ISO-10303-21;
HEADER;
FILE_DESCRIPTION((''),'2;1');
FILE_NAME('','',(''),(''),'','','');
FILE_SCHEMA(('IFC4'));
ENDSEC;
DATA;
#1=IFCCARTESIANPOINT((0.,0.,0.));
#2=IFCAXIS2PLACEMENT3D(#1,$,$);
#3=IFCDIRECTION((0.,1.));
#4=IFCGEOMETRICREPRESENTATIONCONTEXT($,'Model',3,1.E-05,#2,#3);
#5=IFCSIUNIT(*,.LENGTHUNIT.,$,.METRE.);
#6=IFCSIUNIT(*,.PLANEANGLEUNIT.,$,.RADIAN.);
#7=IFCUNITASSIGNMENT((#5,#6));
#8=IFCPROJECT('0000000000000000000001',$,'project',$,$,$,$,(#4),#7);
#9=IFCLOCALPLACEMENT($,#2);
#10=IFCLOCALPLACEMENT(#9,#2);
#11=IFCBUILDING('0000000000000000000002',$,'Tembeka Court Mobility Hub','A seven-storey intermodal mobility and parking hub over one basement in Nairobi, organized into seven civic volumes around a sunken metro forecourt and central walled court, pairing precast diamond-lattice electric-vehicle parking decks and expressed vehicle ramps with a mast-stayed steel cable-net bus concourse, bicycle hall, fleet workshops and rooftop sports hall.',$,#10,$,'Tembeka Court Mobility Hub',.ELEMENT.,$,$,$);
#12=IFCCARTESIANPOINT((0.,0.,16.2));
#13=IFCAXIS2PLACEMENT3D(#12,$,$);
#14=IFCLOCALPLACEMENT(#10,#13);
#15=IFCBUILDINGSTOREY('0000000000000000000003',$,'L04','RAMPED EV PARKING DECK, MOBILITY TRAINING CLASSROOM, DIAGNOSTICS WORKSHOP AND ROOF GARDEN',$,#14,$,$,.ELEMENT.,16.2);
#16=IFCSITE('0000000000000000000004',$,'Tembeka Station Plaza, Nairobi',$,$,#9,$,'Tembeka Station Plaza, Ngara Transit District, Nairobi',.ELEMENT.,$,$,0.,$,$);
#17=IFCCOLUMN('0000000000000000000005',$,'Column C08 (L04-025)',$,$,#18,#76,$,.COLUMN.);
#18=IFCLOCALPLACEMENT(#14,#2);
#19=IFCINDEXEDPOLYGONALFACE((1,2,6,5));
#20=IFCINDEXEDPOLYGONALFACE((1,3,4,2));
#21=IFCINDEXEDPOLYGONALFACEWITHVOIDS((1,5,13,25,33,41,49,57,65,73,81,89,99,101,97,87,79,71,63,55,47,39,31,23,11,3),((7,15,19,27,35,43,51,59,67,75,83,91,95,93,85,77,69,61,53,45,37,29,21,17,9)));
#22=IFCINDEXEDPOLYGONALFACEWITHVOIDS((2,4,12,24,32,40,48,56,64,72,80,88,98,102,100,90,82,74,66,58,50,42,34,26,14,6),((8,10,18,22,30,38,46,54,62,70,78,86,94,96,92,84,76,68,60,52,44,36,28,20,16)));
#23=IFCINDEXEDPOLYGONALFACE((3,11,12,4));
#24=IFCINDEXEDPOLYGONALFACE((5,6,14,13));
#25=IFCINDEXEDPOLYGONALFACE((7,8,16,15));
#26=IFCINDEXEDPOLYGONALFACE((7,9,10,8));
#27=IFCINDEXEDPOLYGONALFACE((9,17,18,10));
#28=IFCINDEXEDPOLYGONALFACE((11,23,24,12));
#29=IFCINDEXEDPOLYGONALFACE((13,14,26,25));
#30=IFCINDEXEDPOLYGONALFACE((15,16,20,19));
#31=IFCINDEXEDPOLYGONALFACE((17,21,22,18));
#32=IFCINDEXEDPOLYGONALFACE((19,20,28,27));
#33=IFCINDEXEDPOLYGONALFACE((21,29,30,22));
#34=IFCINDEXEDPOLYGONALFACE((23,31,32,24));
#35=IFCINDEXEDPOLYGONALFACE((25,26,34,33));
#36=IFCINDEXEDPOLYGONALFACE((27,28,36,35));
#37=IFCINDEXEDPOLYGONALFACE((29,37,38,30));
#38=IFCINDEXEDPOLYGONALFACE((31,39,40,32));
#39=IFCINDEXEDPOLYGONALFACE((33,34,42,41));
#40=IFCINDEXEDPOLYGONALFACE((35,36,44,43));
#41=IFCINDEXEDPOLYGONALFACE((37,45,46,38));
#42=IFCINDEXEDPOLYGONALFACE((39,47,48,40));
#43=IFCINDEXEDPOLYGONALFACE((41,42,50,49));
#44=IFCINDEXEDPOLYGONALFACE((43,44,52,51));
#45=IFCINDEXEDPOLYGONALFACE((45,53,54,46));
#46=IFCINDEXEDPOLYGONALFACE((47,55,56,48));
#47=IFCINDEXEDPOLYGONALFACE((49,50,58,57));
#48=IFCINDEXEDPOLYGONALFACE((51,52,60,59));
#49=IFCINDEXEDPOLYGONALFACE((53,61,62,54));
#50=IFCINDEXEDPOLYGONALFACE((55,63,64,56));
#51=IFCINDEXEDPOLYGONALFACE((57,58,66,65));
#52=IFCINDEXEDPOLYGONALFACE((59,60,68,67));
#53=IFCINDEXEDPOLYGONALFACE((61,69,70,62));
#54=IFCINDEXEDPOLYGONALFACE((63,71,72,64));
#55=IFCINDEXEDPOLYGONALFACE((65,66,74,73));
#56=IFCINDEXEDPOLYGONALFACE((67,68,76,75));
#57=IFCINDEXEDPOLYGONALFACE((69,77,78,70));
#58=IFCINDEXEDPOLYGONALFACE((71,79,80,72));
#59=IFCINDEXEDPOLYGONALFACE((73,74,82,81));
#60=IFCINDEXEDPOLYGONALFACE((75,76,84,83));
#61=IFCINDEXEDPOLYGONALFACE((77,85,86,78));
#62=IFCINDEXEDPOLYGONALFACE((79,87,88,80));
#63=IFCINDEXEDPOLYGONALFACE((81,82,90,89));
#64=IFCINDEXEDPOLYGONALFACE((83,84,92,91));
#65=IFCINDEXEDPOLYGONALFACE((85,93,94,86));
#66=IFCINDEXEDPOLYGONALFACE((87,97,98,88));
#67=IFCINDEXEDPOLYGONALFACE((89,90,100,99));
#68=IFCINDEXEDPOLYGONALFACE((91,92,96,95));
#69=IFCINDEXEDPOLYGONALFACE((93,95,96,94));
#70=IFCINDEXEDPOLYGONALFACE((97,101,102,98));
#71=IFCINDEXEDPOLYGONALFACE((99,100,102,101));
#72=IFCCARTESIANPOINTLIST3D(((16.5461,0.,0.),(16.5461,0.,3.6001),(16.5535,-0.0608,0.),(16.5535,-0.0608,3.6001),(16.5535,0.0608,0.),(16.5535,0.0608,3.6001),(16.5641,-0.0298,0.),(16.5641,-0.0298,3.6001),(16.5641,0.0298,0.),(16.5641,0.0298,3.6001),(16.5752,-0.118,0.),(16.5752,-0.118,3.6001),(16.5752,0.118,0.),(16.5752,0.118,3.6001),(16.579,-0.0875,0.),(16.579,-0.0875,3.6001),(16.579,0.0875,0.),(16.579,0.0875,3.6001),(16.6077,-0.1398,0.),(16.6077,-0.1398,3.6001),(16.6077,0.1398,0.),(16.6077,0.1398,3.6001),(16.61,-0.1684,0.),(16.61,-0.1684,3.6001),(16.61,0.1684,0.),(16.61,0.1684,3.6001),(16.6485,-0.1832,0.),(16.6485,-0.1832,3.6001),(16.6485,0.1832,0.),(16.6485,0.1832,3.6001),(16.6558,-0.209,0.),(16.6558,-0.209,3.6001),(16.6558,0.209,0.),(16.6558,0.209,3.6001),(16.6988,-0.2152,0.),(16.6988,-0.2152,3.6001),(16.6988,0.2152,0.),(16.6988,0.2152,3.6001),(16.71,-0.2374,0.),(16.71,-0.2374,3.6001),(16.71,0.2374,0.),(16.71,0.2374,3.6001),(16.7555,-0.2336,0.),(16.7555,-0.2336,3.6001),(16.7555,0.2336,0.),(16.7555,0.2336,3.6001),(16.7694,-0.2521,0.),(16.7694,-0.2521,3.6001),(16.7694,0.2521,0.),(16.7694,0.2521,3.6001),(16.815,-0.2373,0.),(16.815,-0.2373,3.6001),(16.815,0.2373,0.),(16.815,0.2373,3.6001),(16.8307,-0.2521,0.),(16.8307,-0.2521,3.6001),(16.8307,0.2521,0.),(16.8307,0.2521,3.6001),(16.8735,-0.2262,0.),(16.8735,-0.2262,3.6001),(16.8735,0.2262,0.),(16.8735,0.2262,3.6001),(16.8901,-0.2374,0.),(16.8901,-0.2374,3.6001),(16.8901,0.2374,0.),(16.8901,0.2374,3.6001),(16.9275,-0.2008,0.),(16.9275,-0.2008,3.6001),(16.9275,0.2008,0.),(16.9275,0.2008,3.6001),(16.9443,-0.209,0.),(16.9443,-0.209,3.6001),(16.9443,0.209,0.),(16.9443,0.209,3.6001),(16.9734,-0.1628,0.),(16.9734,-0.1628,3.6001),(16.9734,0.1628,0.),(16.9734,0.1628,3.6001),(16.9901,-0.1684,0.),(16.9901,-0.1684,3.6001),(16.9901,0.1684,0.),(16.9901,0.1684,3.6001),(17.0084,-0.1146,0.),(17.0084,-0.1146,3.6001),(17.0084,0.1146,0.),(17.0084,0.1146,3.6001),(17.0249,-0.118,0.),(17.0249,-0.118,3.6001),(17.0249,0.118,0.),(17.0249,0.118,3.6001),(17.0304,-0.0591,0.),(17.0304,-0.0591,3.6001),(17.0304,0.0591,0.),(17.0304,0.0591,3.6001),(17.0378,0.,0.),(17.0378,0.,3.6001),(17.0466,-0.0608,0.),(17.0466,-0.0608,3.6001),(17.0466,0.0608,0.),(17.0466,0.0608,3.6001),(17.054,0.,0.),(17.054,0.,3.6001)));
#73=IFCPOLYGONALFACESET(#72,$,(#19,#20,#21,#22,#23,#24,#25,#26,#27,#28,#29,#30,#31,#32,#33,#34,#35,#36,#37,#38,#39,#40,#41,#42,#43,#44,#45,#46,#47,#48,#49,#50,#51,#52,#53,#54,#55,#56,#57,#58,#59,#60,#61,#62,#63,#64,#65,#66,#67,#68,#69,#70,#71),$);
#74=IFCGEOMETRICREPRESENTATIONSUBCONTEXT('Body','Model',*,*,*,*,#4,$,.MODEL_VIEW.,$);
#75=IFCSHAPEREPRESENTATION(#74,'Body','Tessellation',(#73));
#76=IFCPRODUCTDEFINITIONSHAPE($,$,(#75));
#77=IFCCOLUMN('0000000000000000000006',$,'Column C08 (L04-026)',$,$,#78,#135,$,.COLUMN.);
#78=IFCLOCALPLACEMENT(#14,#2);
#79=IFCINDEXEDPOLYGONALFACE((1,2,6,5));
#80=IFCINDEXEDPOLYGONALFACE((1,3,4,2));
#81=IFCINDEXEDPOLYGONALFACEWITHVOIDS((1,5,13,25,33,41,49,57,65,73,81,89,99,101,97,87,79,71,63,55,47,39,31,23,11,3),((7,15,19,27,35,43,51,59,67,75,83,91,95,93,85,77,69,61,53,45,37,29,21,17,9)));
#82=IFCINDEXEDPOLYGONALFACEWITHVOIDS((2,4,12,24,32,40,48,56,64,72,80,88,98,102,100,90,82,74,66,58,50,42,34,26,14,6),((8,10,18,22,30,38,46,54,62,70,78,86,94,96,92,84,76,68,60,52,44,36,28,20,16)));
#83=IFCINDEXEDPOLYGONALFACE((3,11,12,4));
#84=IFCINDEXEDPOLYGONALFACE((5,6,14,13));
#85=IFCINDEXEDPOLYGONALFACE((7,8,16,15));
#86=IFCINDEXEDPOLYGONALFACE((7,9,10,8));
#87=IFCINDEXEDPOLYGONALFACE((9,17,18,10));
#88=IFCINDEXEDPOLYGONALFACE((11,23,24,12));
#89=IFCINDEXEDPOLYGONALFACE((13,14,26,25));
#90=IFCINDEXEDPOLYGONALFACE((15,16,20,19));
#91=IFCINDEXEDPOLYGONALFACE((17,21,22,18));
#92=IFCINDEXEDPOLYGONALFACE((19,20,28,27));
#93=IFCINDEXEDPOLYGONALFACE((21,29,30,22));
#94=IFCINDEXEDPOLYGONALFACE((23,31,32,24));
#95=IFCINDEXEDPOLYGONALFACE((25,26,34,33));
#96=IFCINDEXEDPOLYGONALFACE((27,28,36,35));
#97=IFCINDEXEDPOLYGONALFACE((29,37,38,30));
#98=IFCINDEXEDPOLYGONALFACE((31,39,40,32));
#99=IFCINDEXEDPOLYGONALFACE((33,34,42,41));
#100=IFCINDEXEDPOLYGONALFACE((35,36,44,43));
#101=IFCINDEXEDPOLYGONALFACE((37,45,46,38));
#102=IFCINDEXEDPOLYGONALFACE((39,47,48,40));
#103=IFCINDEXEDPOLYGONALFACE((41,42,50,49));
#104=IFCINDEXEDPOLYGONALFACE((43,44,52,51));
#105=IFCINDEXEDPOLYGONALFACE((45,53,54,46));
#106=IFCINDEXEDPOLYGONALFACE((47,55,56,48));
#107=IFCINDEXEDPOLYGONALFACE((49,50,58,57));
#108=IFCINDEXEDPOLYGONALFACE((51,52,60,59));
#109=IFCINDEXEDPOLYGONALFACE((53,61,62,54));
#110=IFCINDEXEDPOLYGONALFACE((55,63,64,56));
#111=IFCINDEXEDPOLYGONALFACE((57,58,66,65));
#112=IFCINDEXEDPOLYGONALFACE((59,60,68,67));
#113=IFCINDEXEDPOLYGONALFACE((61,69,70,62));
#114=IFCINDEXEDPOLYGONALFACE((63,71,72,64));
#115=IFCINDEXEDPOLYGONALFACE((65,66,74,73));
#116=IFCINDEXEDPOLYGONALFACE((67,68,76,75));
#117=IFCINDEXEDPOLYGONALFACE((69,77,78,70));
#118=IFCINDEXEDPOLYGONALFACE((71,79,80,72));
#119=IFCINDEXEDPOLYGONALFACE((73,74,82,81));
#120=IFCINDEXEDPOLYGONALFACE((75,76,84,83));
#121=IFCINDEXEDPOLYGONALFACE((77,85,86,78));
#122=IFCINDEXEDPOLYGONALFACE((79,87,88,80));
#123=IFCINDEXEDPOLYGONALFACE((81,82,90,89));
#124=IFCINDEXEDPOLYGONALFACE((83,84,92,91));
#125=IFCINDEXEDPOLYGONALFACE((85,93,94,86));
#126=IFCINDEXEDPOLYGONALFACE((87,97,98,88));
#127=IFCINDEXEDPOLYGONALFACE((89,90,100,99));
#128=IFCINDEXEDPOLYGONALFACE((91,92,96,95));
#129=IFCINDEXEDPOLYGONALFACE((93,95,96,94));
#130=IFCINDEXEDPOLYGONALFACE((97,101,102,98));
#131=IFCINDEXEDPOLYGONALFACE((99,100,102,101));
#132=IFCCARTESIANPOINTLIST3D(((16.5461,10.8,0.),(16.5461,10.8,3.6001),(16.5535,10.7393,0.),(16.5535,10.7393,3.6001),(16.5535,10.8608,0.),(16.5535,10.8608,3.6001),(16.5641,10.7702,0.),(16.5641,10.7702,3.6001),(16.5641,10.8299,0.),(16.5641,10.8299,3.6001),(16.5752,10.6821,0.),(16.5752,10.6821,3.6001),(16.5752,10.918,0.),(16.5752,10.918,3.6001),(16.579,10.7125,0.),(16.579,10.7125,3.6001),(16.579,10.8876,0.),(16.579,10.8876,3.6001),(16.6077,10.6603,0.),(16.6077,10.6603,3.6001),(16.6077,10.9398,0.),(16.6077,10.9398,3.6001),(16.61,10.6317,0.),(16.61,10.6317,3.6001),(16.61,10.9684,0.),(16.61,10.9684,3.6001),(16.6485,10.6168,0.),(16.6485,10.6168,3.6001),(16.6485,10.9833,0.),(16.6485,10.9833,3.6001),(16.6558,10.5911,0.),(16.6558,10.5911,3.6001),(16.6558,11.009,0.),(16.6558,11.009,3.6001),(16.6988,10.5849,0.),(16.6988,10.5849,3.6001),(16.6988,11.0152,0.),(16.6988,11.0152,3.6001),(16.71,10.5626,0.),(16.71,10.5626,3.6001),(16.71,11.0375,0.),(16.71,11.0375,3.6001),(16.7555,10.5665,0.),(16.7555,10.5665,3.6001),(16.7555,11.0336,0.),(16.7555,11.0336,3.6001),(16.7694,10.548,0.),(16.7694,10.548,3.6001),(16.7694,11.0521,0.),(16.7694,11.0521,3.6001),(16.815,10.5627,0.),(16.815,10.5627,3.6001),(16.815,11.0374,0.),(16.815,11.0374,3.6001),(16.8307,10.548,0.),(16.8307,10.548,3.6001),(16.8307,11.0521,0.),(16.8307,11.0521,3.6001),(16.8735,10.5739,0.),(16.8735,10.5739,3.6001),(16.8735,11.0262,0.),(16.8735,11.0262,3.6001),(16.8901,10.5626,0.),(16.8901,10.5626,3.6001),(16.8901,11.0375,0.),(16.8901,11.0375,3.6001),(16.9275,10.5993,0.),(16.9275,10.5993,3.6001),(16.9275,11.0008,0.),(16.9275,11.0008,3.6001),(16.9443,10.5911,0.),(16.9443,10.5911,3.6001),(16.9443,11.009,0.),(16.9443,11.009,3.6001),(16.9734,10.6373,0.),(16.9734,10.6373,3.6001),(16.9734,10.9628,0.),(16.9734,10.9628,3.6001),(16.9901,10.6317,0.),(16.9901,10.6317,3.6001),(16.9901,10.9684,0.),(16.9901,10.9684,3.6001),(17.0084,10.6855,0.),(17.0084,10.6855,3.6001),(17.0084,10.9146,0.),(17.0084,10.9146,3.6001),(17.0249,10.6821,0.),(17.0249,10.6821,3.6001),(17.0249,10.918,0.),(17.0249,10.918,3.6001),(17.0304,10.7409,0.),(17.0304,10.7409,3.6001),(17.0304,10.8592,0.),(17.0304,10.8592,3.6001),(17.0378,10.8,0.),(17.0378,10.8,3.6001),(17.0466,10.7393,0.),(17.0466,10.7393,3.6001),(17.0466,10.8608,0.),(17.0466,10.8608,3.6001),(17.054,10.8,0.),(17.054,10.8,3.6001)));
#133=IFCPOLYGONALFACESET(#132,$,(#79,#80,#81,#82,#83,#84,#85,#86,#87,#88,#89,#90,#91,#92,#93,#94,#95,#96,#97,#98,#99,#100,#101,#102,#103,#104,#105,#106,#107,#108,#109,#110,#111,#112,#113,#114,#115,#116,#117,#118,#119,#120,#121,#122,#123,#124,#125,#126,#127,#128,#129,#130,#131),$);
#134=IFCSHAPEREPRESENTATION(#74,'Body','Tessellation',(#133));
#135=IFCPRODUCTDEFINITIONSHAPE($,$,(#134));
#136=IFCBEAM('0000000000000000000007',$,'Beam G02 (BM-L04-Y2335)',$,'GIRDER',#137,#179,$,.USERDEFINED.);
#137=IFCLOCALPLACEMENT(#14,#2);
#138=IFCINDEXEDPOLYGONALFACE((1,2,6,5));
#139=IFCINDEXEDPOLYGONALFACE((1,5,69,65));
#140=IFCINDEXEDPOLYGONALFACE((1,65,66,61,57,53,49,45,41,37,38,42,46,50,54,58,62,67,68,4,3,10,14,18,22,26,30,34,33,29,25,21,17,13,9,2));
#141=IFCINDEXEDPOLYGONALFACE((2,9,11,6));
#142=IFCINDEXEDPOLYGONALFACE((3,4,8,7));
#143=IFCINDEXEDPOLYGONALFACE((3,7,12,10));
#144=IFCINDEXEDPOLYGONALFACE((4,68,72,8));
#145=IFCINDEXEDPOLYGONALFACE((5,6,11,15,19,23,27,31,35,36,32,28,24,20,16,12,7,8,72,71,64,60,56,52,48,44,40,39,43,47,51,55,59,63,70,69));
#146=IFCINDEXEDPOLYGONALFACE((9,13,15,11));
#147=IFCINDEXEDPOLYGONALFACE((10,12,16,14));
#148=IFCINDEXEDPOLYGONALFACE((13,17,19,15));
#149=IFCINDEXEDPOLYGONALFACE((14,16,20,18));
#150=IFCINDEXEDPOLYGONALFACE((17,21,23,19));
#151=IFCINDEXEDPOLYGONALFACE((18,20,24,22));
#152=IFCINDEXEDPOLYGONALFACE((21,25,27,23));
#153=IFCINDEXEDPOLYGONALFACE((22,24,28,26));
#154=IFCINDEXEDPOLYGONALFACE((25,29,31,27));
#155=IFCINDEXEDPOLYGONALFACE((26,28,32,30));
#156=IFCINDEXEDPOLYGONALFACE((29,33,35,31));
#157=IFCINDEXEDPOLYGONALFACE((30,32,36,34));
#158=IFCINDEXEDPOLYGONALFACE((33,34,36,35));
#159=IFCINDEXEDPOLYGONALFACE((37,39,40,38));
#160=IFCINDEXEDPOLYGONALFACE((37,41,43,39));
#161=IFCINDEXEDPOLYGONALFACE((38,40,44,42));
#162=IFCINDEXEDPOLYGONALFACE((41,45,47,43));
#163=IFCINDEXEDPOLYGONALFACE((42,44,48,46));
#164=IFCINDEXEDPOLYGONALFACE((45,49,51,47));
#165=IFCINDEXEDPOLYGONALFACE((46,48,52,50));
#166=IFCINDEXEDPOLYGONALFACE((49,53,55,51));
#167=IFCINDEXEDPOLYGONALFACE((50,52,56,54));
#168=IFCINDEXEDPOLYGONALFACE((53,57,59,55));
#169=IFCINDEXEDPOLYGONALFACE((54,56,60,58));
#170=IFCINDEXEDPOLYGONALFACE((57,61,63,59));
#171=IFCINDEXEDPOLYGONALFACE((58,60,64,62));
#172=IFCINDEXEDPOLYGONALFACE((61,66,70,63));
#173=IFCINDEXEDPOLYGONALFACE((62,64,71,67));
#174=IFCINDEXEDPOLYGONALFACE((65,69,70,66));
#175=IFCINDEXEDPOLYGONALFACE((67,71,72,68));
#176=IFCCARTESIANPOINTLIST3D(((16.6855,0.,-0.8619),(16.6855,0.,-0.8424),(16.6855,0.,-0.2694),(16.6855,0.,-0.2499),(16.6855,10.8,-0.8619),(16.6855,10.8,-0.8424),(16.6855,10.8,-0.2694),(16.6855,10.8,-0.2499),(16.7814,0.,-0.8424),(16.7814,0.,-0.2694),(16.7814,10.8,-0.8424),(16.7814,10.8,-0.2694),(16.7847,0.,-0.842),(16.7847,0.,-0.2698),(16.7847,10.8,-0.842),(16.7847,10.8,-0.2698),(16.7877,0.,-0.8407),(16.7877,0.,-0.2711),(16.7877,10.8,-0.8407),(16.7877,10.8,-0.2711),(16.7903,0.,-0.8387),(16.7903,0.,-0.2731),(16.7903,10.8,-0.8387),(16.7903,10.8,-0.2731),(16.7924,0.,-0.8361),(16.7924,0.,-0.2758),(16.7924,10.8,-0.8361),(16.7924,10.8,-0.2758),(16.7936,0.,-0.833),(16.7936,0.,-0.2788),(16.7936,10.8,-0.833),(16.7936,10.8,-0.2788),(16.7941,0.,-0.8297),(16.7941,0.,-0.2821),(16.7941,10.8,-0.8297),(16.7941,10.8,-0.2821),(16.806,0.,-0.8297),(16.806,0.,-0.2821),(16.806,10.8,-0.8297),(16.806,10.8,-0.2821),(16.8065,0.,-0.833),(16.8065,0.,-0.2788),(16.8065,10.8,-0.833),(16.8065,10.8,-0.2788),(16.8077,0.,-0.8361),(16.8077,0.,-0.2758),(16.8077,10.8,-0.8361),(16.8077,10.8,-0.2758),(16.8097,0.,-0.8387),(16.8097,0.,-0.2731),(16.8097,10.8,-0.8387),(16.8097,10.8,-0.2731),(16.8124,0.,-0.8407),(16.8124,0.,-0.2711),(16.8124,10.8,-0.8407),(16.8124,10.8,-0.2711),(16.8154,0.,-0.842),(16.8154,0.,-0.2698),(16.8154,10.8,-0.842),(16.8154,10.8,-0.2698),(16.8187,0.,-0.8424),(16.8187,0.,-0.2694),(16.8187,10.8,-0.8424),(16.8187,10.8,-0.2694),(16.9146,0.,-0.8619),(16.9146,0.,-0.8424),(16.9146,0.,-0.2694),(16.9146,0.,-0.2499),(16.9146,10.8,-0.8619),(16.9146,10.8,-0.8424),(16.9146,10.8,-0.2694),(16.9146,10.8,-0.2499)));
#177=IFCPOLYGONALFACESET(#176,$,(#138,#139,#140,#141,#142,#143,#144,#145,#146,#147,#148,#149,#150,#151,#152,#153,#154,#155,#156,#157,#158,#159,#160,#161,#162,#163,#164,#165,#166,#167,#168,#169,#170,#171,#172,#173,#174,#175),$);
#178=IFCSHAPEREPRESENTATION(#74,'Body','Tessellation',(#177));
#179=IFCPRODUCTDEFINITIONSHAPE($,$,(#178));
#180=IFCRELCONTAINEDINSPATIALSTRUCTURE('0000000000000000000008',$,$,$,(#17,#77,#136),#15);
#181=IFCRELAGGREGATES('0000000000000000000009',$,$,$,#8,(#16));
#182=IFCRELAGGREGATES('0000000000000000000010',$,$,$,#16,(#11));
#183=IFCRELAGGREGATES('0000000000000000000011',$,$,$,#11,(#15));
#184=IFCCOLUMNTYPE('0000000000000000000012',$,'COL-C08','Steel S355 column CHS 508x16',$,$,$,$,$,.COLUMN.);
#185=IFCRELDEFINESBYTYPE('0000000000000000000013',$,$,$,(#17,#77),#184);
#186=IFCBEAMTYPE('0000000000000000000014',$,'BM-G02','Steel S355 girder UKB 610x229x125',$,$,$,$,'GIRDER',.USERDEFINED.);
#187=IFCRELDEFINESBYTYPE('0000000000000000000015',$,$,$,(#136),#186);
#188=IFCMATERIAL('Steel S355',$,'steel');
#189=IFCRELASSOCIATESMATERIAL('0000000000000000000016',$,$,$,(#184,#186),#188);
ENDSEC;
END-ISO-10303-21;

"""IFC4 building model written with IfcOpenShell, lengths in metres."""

from ifc_helpers import new_model, si_unit, direction, frame, origin, origin_2d, place, context, subcontext, project, spatial, hollow_circle, i_section, extrude, material, material_profile, profile_set, type_object, element, save


model = new_model("IFC4")

# Units and contexts
model_context = context("Model", 3, precision=1e-05, world=origin(), true_north=direction((0.0, 1.0)))
body_context = subcontext(model_context, "Body", "Model", "MODEL_VIEW")
ifc_project = project(units=[si_unit("LENGTHUNIT", "METRE"), si_unit("PLANEANGLEUNIT", "RADIAN")], contexts=[model_context])

# Site, building, storey
site_placement = place(None, origin())
site = spatial("IfcSite", under=ifc_project, at=site_placement, Name="Tembeka Station Plaza, Nairobi", LongName="Tembeka Station Plaza, Ngara Transit District, Nairobi", CompositionType="ELEMENT", RefElevation=0.0)
building_placement = place(site_placement, origin())
building = spatial("IfcBuilding", under=site, at=building_placement, Name="Tembeka Court Mobility Hub", Description="A seven-storey intermodal mobility and parking hub over one basement in Nairobi, organized into seven civic volumes around a sunken metro forecourt and central walled court, pairing precast diamond-lattice electric-vehicle parking decks and expressed vehicle ramps with a mast-stayed steel cable-net bus concourse, bicycle hall, fleet workshops and rooftop sports hall.", LongName="Tembeka Court Mobility Hub", CompositionType="ELEMENT")
storey_placement = place(building_placement, frame((0.0, 0.0, 16.2)))
storey = spatial("IfcBuildingStorey", under=building, at=storey_placement, Name="L04", Description="RAMPED EV PARKING DECK, MOBILITY TRAINING CLASSROOM, DIAGNOSTICS WORKSHOP AND ROOF GARDEN", CompositionType="ELEMENT", Elevation=16.2)

# Columns
ifc_material_1 = material(Name="Steel S355", Category="steel")
ifc_material_profile_1 = material_profile(ifc_material_1, hollow_circle(Radius=0.2539, WallThickness=0.0161, at=origin_2d()), Name="CHS 508x16")
ifc_profile_set_1 = profile_set([ifc_material_profile_1], Name="Steel S355")
column_type = type_object("IfcColumnType", Name="COL-C08", Description="Steel S355 column CHS 508x16", PredefinedType="COLUMN", material=ifc_profile_set_1)
for number, where, z_axis, x_axis, name in (
    (1, (16.8, 0.0, 0.0), (0.0, 0.0, 1.0), (1.0, 0.0, 0.0), "Column C08 (L04-025)"),
    (2, (16.8, 10.8, 0.0), (0.0, 0.0, 1.0), (1.0, 0.0, 0.0), "Column C08 (L04-026)"),
):
    element("IfcColumn", number, at=place(storey_placement, frame(where, z_axis=z_axis, x_axis=x_axis)), inside=storey, type_object=column_type, Name=name, PredefinedType="COLUMN", context=body_context, shape_type="SweptSolid", body=[
        extrude(hollow_circle(Radius=0.2539, WallThickness=0.0161, at=origin_2d()), origin(), (0.0, 0.0, 1.0), 3.6001),
    ])

# Beam
ifc_material_profile_2 = material_profile(ifc_material_1, i_section(OverallWidth=0.229, OverallDepth=0.6121, WebThickness=0.012, FlangeThickness=0.0195, FilletRadius=0.0127, at=origin_2d()), Name="UKB 610x229x125")
ifc_profile_set_2 = profile_set([ifc_material_profile_2], Name="Steel S355")
beam_type_1 = type_object("IfcBeamType", Name="BM-G02", Description="Steel S355 girder UKB 610x229x125", ElementType="GIRDER", PredefinedType="USERDEFINED", material=ifc_profile_set_2)
for number, where, z_axis, x_axis, name in (
    (3, (16.8, 0.0, -0.5559), (0.0, 1.0, 0.0), (-1.0, 0.0, 0.0), "Beam G02 (BM-L04-Y2335)"),
):
    element("IfcBeam", number, at=place(storey_placement, frame(where, z_axis=z_axis, x_axis=x_axis)), inside=storey, type_object=beam_type_1, Name=name, ObjectType="GIRDER", PredefinedType="USERDEFINED", context=body_context, shape_type="SweptSolid", body=[
        extrude(i_section(OverallWidth=0.229, OverallDepth=0.6121, WebThickness=0.012, FlangeThickness=0.0195, FilletRadius=0.0127, at=origin_2d()), origin(), (0.0, 0.0, 1.0), 10.8),
    ])

save(model, "model.ifc")
